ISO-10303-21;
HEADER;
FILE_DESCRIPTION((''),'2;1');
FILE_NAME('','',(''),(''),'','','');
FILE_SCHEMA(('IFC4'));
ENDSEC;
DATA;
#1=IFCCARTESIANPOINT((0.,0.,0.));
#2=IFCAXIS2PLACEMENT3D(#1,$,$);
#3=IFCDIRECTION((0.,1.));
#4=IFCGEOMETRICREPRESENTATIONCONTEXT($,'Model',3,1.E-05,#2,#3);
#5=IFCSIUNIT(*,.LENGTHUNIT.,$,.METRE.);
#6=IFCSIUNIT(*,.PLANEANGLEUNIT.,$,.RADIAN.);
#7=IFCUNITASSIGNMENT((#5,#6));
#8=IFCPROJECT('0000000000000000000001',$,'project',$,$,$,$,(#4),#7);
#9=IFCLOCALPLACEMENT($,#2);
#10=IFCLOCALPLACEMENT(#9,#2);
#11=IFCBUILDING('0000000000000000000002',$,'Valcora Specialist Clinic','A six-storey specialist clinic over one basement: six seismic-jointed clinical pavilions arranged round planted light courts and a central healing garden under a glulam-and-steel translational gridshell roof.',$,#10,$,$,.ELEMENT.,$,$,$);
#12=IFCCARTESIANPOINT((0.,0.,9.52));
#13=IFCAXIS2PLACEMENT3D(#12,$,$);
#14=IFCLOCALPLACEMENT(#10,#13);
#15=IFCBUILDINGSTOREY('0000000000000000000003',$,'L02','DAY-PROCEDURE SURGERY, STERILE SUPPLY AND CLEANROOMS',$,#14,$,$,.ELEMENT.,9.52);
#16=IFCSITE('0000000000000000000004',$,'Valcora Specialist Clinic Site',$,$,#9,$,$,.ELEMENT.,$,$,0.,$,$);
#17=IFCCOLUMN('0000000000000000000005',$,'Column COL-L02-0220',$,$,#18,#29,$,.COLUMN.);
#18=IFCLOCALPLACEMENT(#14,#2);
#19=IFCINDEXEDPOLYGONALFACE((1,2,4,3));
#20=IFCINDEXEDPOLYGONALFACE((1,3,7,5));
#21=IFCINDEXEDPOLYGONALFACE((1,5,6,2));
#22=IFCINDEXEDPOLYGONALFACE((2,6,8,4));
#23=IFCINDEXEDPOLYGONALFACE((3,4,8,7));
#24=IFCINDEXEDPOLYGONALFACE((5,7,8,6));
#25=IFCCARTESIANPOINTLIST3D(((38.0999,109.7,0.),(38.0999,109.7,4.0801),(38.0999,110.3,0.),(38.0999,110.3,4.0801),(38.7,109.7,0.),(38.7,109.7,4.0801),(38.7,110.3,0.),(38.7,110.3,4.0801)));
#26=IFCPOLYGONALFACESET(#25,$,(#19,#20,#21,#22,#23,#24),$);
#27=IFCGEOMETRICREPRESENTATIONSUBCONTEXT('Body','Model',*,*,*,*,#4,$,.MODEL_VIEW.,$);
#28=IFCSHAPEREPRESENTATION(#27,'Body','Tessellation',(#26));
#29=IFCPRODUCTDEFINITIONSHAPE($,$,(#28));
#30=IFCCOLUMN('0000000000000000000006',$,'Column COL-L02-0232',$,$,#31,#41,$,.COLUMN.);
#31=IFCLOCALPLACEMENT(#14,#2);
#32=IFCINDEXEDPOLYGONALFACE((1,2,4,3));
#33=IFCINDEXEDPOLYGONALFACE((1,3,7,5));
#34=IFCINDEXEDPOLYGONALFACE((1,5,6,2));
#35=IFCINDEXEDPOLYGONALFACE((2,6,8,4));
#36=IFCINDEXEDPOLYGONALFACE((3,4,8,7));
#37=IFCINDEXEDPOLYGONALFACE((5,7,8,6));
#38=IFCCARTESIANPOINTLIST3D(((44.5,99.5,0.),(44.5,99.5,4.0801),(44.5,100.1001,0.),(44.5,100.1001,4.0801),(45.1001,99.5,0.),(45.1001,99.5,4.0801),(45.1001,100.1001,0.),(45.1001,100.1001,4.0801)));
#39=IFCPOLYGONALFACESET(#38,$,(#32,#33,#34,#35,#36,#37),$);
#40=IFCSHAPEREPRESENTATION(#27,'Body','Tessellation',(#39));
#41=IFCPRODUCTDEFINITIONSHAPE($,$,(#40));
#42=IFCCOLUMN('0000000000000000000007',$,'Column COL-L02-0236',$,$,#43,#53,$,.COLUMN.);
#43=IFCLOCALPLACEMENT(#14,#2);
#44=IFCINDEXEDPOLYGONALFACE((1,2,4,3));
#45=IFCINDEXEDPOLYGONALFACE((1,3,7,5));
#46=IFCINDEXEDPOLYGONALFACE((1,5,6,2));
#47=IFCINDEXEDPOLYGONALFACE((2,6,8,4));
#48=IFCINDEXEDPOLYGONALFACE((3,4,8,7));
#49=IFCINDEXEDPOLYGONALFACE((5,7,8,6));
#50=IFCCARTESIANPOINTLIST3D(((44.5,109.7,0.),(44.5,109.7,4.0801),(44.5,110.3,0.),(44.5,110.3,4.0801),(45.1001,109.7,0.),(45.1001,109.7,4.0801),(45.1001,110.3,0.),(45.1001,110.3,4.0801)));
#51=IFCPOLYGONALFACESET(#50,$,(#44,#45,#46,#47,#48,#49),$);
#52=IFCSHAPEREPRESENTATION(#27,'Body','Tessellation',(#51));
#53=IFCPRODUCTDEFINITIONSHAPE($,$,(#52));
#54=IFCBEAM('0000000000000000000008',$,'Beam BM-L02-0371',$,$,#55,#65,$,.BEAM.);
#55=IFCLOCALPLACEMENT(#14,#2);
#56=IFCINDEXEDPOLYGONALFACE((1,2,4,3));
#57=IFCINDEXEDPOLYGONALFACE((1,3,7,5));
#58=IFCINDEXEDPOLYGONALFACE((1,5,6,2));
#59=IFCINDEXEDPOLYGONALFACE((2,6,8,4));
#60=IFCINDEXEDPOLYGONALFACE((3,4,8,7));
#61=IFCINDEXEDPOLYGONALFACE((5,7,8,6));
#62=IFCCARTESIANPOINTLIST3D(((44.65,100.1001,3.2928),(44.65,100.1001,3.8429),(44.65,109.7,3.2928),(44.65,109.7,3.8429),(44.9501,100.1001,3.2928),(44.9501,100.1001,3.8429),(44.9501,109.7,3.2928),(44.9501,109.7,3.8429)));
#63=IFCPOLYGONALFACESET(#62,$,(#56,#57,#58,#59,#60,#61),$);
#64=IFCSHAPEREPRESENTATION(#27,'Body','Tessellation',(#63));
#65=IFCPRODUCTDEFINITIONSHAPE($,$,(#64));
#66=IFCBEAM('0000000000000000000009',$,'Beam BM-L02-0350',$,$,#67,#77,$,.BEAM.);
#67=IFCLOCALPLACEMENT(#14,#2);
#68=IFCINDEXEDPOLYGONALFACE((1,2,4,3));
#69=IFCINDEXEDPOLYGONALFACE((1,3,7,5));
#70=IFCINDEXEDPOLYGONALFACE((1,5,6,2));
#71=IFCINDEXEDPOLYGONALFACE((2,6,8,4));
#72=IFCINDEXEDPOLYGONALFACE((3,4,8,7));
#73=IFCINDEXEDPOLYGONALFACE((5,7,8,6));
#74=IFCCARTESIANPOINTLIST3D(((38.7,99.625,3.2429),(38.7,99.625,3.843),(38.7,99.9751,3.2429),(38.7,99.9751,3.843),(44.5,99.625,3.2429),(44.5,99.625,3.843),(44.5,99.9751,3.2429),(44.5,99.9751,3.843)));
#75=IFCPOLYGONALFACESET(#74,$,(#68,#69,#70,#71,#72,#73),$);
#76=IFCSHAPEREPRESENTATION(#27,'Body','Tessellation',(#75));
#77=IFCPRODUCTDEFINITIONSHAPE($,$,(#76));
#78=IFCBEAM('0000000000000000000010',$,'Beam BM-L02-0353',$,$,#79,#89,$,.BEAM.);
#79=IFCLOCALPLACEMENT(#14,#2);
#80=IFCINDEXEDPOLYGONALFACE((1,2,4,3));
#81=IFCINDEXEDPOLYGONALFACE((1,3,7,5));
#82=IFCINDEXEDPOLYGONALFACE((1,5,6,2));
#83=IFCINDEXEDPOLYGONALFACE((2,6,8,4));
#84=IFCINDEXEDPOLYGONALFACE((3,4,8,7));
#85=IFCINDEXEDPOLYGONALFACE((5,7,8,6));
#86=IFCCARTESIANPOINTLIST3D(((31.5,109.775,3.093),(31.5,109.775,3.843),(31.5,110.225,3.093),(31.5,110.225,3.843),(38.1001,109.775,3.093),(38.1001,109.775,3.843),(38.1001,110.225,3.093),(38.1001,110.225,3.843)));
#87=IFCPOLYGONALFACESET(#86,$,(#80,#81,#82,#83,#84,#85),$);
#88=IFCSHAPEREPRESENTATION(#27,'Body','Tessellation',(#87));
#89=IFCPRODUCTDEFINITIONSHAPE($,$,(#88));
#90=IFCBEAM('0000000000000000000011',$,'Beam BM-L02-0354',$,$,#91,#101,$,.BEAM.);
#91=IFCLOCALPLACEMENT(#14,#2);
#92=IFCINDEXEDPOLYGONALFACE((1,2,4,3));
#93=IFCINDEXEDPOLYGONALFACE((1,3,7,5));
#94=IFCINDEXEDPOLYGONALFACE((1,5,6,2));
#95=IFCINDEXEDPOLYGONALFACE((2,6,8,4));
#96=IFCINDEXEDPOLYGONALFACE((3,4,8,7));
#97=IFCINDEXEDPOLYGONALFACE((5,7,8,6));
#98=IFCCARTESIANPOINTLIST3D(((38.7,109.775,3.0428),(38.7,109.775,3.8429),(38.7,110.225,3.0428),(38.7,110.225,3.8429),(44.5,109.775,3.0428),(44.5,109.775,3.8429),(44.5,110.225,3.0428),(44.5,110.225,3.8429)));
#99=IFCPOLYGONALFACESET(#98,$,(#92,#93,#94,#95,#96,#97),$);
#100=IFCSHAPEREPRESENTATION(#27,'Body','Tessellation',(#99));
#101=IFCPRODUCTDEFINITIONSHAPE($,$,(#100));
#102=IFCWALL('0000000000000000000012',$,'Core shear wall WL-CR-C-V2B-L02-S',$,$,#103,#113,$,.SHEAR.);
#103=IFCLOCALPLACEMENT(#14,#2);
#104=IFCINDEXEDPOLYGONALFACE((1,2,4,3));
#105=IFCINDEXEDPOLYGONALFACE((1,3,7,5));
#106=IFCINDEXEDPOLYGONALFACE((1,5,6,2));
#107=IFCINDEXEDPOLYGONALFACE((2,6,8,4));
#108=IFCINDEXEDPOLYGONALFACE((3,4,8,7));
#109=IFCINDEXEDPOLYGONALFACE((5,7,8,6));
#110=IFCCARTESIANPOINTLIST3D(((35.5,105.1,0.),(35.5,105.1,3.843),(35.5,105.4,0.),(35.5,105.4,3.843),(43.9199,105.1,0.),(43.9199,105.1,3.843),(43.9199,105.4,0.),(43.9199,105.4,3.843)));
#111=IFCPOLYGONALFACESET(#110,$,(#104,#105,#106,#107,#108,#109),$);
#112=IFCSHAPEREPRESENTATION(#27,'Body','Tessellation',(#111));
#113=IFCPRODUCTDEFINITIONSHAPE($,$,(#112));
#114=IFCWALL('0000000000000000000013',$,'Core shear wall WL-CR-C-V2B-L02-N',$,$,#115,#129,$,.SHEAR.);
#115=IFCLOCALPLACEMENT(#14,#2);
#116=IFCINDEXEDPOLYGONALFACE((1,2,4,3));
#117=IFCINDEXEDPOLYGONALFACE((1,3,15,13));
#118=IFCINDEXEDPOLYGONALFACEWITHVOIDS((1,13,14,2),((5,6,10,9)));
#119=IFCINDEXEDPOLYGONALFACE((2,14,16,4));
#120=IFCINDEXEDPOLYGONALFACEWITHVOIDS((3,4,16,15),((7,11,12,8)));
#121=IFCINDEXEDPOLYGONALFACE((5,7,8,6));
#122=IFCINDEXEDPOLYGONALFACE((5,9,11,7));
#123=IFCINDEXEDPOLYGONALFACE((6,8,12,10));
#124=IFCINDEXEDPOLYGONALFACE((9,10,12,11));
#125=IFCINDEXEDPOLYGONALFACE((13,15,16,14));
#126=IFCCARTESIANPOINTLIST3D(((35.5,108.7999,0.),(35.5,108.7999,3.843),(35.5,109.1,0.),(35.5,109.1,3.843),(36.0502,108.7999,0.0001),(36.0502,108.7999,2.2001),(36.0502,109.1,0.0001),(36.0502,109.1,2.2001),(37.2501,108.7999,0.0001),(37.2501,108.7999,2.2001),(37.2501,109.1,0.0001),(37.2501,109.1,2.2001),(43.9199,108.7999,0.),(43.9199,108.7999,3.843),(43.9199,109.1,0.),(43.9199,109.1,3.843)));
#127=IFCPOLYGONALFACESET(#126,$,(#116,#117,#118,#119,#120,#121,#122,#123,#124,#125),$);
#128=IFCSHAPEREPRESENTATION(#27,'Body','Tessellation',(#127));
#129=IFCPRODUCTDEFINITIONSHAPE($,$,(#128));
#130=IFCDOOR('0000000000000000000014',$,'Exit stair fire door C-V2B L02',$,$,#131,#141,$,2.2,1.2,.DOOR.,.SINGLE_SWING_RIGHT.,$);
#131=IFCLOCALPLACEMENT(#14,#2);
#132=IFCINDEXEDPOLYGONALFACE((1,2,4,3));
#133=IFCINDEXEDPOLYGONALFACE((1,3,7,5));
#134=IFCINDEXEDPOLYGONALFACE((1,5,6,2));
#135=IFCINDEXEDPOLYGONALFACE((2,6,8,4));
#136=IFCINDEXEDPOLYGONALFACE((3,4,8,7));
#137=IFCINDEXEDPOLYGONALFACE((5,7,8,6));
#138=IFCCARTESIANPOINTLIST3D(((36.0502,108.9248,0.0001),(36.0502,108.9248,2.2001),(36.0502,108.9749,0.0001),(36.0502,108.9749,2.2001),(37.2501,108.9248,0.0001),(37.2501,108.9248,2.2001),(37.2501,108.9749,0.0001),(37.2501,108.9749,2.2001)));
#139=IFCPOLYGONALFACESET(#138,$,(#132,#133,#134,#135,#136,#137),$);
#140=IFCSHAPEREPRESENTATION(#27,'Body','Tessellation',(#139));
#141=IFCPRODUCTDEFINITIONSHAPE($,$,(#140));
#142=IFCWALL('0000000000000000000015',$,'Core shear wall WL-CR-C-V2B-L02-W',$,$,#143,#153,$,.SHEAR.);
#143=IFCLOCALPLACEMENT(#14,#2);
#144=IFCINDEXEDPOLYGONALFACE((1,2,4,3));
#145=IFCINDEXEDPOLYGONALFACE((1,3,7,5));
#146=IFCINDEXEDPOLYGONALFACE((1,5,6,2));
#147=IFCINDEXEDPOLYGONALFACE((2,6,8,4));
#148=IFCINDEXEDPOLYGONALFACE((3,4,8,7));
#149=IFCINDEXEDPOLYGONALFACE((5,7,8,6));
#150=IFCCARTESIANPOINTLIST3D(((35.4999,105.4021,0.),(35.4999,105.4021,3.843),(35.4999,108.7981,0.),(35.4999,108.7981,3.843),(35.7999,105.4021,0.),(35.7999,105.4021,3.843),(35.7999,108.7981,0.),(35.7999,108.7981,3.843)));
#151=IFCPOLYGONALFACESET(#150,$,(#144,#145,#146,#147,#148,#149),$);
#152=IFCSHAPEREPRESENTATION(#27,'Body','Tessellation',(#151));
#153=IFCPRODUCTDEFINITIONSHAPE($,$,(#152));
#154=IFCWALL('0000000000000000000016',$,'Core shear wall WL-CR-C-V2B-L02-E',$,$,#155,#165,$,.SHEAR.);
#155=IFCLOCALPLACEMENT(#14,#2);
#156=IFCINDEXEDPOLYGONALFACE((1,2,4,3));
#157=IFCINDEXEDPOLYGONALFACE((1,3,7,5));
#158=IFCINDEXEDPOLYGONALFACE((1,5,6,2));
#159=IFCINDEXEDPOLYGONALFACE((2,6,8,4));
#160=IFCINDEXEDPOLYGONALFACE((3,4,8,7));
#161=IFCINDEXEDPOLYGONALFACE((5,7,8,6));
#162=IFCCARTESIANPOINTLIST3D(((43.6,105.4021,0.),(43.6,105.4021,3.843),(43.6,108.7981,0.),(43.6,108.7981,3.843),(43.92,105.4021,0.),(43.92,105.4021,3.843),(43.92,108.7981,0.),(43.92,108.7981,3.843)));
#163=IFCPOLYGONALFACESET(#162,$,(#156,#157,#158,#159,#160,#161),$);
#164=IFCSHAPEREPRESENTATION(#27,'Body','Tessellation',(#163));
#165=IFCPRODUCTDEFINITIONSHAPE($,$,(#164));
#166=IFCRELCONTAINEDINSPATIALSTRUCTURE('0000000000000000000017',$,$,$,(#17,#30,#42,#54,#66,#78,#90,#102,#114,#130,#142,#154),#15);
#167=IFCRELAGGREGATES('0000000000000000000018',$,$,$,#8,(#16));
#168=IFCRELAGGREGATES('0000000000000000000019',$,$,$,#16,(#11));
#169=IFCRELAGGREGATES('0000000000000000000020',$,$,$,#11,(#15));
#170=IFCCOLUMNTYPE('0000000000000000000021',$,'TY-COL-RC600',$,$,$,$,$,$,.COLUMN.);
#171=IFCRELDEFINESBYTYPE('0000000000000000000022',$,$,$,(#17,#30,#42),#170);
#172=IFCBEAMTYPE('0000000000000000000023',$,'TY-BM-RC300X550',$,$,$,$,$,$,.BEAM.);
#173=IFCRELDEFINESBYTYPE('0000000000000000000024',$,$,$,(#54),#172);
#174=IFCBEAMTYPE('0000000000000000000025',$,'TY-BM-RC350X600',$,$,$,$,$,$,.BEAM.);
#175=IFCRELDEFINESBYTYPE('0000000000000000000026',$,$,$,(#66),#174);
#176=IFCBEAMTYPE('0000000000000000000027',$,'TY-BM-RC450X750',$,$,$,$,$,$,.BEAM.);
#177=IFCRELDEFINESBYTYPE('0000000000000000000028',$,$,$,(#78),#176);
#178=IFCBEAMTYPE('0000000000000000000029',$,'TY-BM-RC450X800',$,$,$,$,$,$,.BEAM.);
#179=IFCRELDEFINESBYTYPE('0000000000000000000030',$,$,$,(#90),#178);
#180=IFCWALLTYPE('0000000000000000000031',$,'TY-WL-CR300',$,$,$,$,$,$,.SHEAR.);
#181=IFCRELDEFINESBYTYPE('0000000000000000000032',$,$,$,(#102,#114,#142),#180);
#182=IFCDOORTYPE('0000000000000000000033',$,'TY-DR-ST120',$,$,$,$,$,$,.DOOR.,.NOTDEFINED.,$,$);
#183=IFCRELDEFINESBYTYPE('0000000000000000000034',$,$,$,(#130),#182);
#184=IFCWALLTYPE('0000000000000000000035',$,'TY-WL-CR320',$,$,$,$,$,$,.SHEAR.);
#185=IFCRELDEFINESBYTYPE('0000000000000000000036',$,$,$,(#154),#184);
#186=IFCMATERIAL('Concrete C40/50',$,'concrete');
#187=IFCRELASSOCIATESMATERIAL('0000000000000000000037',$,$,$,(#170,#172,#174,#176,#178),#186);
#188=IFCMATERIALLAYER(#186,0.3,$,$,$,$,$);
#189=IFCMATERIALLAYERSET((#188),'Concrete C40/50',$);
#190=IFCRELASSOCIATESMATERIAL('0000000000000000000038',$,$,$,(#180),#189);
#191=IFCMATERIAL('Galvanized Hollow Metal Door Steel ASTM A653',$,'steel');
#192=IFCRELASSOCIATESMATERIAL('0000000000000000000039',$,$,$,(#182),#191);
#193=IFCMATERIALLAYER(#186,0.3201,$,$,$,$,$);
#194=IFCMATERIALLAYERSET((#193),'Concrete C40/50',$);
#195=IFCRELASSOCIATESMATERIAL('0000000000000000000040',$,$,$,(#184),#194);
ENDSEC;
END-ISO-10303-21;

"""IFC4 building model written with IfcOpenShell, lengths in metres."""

from ifc_helpers import new_model, si_unit, direction, frame, frame_2d, origin, origin_2d, place, context, subcontext, project, spatial, rectangle, extrude, material, layer, layer_set, material_profile, profile_set, type_object, element, fill, save


model = new_model("IFC4")

# Units and contexts
model_context = context("Model", 3, precision=1e-05, world=origin(), true_north=direction((0.0, 1.0)))
body_context = subcontext(model_context, "Body", "Model", "MODEL_VIEW")
ifc_project = project(units=[si_unit("LENGTHUNIT", "METRE"), si_unit("PLANEANGLEUNIT", "RADIAN")], contexts=[model_context])

# Site, building, storey
site_placement = place(None, origin())
site = spatial("IfcSite", under=ifc_project, at=site_placement, Name="Valcora Specialist Clinic Site", CompositionType="ELEMENT", RefElevation=0.0)
building_placement = place(site_placement, origin())
building = spatial("IfcBuilding", under=site, at=building_placement, Name="Valcora Specialist Clinic", Description="A six-storey specialist clinic over one basement: six seismic-jointed clinical pavilions arranged round planted light courts and a central healing garden under a glulam-and-steel translational gridshell roof.", CompositionType="ELEMENT")
storey_placement = place(building_placement, frame((0.0, 0.0, 9.52)))
storey = spatial("IfcBuildingStorey", under=building, at=storey_placement, Name="L02", Description="DAY-PROCEDURE SURGERY, STERILE SUPPLY AND CLEANROOMS", CompositionType="ELEMENT", Elevation=9.52)

# Columns
ifc_material_1 = material(Name="Concrete C40/50", Category="concrete")
ifc_material_profile_1 = material_profile(ifc_material_1, rectangle(XDim=0.6001, YDim=0.6001, at=origin_2d()), Name="RC-COL-600X600")
ifc_profile_set_1 = profile_set([ifc_material_profile_1], Name="Concrete C40/50")
column_type = type_object("IfcColumnType", Name="TY-COL-RC600", PredefinedType="COLUMN", material=ifc_profile_set_1)
for number, where, z_axis, x_axis, name in (
    (1, (38.3999, 110.0, 0.0), (0.0, 0.0, 1.0), (1.0, 0.0, 0.0), "Column COL-L02-0220"),
    (2, (44.8, 99.8, 0.0), (0.0, 0.0, 1.0), (1.0, 0.0, 0.0), "Column COL-L02-0232"),
    (3, (44.8, 110.0, 0.0), (0.0, 0.0, 1.0), (1.0, 0.0, 0.0), "Column COL-L02-0236"),
):
    element("IfcColumn", number, at=place(storey_placement, frame(where, z_axis=z_axis, x_axis=x_axis)), inside=storey, type_object=column_type, Name=name, PredefinedType="COLUMN", context=body_context, shape_type="SweptSolid", body=[
        extrude(rectangle(XDim=0.6001, YDim=0.6001, at=origin_2d()), origin(), (0.0, 0.0, 1.0), 4.0801),
    ])

# Beams
ifc_material_profile_2 = material_profile(ifc_material_1, rectangle(XDim=0.3, YDim=0.55, at=origin_2d()), Name="RC-BM-300X550")
ifc_profile_set_2 = profile_set([ifc_material_profile_2], Name="Concrete C40/50")
beam_type_1 = type_object("IfcBeamType", Name="TY-BM-RC300X550", PredefinedType="BEAM", material=ifc_profile_set_2)
beam_1_placement = place(storey_placement, frame((44.8, 100.1001, 3.5679), z_axis=(0.0, 1.0, 0.0), x_axis=(-1.0, 0.0, 0.0)))
element("IfcBeam", 4, at=beam_1_placement, inside=storey, type_object=beam_type_1, Name="Beam BM-L02-0371", PredefinedType="BEAM", context=body_context, shape_type="SweptSolid", body=[
    extrude(rectangle(XDim=0.3, YDim=0.55, at=origin_2d()), origin(), (0.0, 0.0, 1.0), 9.5999),
])
ifc_material_profile_3 = material_profile(ifc_material_1, rectangle(XDim=0.3501, YDim=0.6001, at=origin_2d()), Name="RC-BM-350X600")
ifc_profile_set_3 = profile_set([ifc_material_profile_3], Name="Concrete C40/50")
beam_type_2 = type_object("IfcBeamType", Name="TY-BM-RC350X600", PredefinedType="BEAM", material=ifc_profile_set_3)
beam_2_placement = place(storey_placement, frame((38.7, 99.8, 3.543), z_axis=(1.0, 0.0, 0.0), x_axis=(0.0, 1.0, 0.0)))
element("IfcBeam", 5, at=beam_2_placement, inside=storey, type_object=beam_type_2, Name="Beam BM-L02-0350", PredefinedType="BEAM", context=body_context, shape_type="SweptSolid", body=[
    extrude(rectangle(XDim=0.3501, YDim=0.6001, at=origin_2d()), origin(), (0.0, 0.0, 1.0), 5.8),
])
ifc_material_profile_4 = material_profile(ifc_material_1, rectangle(XDim=0.45, YDim=0.75, at=origin_2d()), Name="RC-BM-450X750")
ifc_profile_set_4 = profile_set([ifc_material_profile_4], Name="Concrete C40/50")
beam_type_3 = type_object("IfcBeamType", Name="TY-BM-RC450X750", PredefinedType="BEAM", material=ifc_profile_set_4)
beam_3_placement = place(storey_placement, frame((31.5, 110.0, 3.468), z_axis=(1.0, 0.0, 0.0), x_axis=(0.0, 1.0, 0.0)))
element("IfcBeam", 6, at=beam_3_placement, inside=storey, type_object=beam_type_3, Name="Beam BM-L02-0353", PredefinedType="BEAM", context=body_context, shape_type="SweptSolid", body=[
    extrude(rectangle(XDim=0.45, YDim=0.75, at=origin_2d()), origin(), (0.0, 0.0, 1.0), 6.6001),
])
ifc_material_profile_5 = material_profile(ifc_material_1, rectangle(XDim=0.45, YDim=0.8, at=origin_2d()), Name="RC-BM-450X800")
ifc_profile_set_5 = profile_set([ifc_material_profile_5], Name="Concrete C40/50")
beam_type_4 = type_object("IfcBeamType", Name="TY-BM-RC450X800", PredefinedType="BEAM", material=ifc_profile_set_5)
beam_4_placement = place(storey_placement, frame((38.7, 110.0, 3.4429), z_axis=(1.0, 0.0, 0.0), x_axis=(0.0, 1.0, 0.0)))
element("IfcBeam", 7, at=beam_4_placement, inside=storey, type_object=beam_type_4, Name="Beam BM-L02-0354", PredefinedType="BEAM", context=body_context, shape_type="SweptSolid", body=[
    extrude(rectangle(XDim=0.45, YDim=0.8, at=origin_2d()), origin(), (0.0, 0.0, 1.0), 5.8),
])

# Wall
ifc_layer_1 = layer(ifc_material_1, 0.3)
ifc_layer_set_1 = layer_set([ifc_layer_1], Name="Concrete C40/50")
wall_type_1 = type_object("IfcWallType", Name="TY-WL-CR300", PredefinedType="SHEAR", material=ifc_layer_set_1)
wall_1_placement = place(storey_placement, frame((35.5, 105.25, 0.0), z_axis=(0.0, 0.0, 1.0), x_axis=(1.0, 0.0, 0.0)))
element("IfcWall", 8, at=wall_1_placement, inside=storey, type_object=wall_type_1, Name="Core shear wall WL-CR-C-V2B-L02-S", PredefinedType="SHEAR", context=body_context, shape_type="SweptSolid", body=[
    extrude(rectangle(XDim=8.4199, YDim=0.3, at=frame_2d((4.21, 0.0))), origin(), (0.0, 0.0, 1.0), 3.843),
])

# Wall, opening, door
wall_2_placement = place(storey_placement, frame((35.5, 108.95, 0.0), z_axis=(0.0, 0.0, 1.0), x_axis=(1.0, 0.0, 0.0)))
wall_2 = element("IfcWall", 9, at=wall_2_placement, inside=storey, type_object=wall_type_1, Name="Core shear wall WL-CR-C-V2B-L02-N", PredefinedType="SHEAR", context=body_context, shape_type="SweptSolid", body=[
    extrude(rectangle(XDim=8.4199, YDim=0.3, at=frame_2d((4.21, 0.0))), origin(), (0.0, 0.0, 1.0), 3.843),
])
opening_1_placement = place(wall_2_placement, frame((0.55, 0.0, 0.0)))
opening_1 = element("IfcOpeningElement", 10, at=opening_1_placement, cuts=wall_2, PredefinedType="OPENING", context=body_context, shape_type="SweptSolid", body=[
    extrude(rectangle(XDim=1.2, YDim=2.2, at=frame_2d((0.6001, 1.1001))), frame((0.0, 0.1599, 0.0), z_axis=(0.0, -1.0, 0.0), x_axis=(1.0, 0.0, 0.0)), (0.0, 0.0, 1.0), 0.3201),
])
ifc_material_2 = material(Name="Galvanized Hollow Metal Door Steel ASTM A653", Category="steel")
door_type_1 = type_object("IfcDoorType", Name="TY-DR-ST120", OperationType="NOTDEFINED", PredefinedType="DOOR", material=ifc_material_2)
door_1_placement = place(opening_1_placement, origin())
door_1 = element("IfcDoor", 11, at=door_1_placement, inside=storey, type_object=door_type_1, Name="Exit stair fire door C-V2B L02", OperationType="SINGLE_SWING_RIGHT", OverallHeight=2.2, OverallWidth=1.2, PredefinedType="DOOR", context=body_context, shape_type="SweptSolid", body=[
    extrude(rectangle(XDim=1.2, YDim=2.2, at=frame_2d((0.6001, 1.1001))), frame((0.0, 0.0249, 0.0), z_axis=(0.0, -1.0, 0.0), x_axis=(1.0, 0.0, 0.0)), (0.0, 0.0, 1.0), 0.05),
])
fill(opening_1, door_1)

# Walls
wall_3_placement = place(storey_placement, frame((35.6499, 105.4021, 0.0), z_axis=(0.0, 0.0, 1.0), x_axis=(0.0, 1.0, 0.0)))
element("IfcWall", 12, at=wall_3_placement, inside=storey, type_object=wall_type_1, Name="Core shear wall WL-CR-C-V2B-L02-W", PredefinedType="SHEAR", context=body_context, shape_type="SweptSolid", body=[
    extrude(rectangle(XDim=3.396, YDim=0.3, at=frame_2d((1.698, 0.0))), origin(), (0.0, 0.0, 1.0), 3.843),
])
ifc_layer_2 = layer(ifc_material_1, 0.3201)
ifc_layer_set_2 = layer_set([ifc_layer_2], Name="Concrete C40/50")
wall_type_2 = type_object("IfcWallType", Name="TY-WL-CR320", PredefinedType="SHEAR", material=ifc_layer_set_2)
wall_4_placement = place(storey_placement, frame((43.76, 105.4021, 0.0), z_axis=(0.0, 0.0, 1.0), x_axis=(0.0, 1.0, 0.0)))
element("IfcWall", 13, at=wall_4_placement, inside=storey, type_object=wall_type_2, Name="Core shear wall WL-CR-C-V2B-L02-E", PredefinedType="SHEAR", context=body_context, shape_type="SweptSolid", body=[
    extrude(rectangle(XDim=3.396, YDim=0.3201, at=frame_2d((1.698, 0.0))), origin(), (0.0, 0.0, 1.0), 3.843),
])

save(model, "model.ifc")
